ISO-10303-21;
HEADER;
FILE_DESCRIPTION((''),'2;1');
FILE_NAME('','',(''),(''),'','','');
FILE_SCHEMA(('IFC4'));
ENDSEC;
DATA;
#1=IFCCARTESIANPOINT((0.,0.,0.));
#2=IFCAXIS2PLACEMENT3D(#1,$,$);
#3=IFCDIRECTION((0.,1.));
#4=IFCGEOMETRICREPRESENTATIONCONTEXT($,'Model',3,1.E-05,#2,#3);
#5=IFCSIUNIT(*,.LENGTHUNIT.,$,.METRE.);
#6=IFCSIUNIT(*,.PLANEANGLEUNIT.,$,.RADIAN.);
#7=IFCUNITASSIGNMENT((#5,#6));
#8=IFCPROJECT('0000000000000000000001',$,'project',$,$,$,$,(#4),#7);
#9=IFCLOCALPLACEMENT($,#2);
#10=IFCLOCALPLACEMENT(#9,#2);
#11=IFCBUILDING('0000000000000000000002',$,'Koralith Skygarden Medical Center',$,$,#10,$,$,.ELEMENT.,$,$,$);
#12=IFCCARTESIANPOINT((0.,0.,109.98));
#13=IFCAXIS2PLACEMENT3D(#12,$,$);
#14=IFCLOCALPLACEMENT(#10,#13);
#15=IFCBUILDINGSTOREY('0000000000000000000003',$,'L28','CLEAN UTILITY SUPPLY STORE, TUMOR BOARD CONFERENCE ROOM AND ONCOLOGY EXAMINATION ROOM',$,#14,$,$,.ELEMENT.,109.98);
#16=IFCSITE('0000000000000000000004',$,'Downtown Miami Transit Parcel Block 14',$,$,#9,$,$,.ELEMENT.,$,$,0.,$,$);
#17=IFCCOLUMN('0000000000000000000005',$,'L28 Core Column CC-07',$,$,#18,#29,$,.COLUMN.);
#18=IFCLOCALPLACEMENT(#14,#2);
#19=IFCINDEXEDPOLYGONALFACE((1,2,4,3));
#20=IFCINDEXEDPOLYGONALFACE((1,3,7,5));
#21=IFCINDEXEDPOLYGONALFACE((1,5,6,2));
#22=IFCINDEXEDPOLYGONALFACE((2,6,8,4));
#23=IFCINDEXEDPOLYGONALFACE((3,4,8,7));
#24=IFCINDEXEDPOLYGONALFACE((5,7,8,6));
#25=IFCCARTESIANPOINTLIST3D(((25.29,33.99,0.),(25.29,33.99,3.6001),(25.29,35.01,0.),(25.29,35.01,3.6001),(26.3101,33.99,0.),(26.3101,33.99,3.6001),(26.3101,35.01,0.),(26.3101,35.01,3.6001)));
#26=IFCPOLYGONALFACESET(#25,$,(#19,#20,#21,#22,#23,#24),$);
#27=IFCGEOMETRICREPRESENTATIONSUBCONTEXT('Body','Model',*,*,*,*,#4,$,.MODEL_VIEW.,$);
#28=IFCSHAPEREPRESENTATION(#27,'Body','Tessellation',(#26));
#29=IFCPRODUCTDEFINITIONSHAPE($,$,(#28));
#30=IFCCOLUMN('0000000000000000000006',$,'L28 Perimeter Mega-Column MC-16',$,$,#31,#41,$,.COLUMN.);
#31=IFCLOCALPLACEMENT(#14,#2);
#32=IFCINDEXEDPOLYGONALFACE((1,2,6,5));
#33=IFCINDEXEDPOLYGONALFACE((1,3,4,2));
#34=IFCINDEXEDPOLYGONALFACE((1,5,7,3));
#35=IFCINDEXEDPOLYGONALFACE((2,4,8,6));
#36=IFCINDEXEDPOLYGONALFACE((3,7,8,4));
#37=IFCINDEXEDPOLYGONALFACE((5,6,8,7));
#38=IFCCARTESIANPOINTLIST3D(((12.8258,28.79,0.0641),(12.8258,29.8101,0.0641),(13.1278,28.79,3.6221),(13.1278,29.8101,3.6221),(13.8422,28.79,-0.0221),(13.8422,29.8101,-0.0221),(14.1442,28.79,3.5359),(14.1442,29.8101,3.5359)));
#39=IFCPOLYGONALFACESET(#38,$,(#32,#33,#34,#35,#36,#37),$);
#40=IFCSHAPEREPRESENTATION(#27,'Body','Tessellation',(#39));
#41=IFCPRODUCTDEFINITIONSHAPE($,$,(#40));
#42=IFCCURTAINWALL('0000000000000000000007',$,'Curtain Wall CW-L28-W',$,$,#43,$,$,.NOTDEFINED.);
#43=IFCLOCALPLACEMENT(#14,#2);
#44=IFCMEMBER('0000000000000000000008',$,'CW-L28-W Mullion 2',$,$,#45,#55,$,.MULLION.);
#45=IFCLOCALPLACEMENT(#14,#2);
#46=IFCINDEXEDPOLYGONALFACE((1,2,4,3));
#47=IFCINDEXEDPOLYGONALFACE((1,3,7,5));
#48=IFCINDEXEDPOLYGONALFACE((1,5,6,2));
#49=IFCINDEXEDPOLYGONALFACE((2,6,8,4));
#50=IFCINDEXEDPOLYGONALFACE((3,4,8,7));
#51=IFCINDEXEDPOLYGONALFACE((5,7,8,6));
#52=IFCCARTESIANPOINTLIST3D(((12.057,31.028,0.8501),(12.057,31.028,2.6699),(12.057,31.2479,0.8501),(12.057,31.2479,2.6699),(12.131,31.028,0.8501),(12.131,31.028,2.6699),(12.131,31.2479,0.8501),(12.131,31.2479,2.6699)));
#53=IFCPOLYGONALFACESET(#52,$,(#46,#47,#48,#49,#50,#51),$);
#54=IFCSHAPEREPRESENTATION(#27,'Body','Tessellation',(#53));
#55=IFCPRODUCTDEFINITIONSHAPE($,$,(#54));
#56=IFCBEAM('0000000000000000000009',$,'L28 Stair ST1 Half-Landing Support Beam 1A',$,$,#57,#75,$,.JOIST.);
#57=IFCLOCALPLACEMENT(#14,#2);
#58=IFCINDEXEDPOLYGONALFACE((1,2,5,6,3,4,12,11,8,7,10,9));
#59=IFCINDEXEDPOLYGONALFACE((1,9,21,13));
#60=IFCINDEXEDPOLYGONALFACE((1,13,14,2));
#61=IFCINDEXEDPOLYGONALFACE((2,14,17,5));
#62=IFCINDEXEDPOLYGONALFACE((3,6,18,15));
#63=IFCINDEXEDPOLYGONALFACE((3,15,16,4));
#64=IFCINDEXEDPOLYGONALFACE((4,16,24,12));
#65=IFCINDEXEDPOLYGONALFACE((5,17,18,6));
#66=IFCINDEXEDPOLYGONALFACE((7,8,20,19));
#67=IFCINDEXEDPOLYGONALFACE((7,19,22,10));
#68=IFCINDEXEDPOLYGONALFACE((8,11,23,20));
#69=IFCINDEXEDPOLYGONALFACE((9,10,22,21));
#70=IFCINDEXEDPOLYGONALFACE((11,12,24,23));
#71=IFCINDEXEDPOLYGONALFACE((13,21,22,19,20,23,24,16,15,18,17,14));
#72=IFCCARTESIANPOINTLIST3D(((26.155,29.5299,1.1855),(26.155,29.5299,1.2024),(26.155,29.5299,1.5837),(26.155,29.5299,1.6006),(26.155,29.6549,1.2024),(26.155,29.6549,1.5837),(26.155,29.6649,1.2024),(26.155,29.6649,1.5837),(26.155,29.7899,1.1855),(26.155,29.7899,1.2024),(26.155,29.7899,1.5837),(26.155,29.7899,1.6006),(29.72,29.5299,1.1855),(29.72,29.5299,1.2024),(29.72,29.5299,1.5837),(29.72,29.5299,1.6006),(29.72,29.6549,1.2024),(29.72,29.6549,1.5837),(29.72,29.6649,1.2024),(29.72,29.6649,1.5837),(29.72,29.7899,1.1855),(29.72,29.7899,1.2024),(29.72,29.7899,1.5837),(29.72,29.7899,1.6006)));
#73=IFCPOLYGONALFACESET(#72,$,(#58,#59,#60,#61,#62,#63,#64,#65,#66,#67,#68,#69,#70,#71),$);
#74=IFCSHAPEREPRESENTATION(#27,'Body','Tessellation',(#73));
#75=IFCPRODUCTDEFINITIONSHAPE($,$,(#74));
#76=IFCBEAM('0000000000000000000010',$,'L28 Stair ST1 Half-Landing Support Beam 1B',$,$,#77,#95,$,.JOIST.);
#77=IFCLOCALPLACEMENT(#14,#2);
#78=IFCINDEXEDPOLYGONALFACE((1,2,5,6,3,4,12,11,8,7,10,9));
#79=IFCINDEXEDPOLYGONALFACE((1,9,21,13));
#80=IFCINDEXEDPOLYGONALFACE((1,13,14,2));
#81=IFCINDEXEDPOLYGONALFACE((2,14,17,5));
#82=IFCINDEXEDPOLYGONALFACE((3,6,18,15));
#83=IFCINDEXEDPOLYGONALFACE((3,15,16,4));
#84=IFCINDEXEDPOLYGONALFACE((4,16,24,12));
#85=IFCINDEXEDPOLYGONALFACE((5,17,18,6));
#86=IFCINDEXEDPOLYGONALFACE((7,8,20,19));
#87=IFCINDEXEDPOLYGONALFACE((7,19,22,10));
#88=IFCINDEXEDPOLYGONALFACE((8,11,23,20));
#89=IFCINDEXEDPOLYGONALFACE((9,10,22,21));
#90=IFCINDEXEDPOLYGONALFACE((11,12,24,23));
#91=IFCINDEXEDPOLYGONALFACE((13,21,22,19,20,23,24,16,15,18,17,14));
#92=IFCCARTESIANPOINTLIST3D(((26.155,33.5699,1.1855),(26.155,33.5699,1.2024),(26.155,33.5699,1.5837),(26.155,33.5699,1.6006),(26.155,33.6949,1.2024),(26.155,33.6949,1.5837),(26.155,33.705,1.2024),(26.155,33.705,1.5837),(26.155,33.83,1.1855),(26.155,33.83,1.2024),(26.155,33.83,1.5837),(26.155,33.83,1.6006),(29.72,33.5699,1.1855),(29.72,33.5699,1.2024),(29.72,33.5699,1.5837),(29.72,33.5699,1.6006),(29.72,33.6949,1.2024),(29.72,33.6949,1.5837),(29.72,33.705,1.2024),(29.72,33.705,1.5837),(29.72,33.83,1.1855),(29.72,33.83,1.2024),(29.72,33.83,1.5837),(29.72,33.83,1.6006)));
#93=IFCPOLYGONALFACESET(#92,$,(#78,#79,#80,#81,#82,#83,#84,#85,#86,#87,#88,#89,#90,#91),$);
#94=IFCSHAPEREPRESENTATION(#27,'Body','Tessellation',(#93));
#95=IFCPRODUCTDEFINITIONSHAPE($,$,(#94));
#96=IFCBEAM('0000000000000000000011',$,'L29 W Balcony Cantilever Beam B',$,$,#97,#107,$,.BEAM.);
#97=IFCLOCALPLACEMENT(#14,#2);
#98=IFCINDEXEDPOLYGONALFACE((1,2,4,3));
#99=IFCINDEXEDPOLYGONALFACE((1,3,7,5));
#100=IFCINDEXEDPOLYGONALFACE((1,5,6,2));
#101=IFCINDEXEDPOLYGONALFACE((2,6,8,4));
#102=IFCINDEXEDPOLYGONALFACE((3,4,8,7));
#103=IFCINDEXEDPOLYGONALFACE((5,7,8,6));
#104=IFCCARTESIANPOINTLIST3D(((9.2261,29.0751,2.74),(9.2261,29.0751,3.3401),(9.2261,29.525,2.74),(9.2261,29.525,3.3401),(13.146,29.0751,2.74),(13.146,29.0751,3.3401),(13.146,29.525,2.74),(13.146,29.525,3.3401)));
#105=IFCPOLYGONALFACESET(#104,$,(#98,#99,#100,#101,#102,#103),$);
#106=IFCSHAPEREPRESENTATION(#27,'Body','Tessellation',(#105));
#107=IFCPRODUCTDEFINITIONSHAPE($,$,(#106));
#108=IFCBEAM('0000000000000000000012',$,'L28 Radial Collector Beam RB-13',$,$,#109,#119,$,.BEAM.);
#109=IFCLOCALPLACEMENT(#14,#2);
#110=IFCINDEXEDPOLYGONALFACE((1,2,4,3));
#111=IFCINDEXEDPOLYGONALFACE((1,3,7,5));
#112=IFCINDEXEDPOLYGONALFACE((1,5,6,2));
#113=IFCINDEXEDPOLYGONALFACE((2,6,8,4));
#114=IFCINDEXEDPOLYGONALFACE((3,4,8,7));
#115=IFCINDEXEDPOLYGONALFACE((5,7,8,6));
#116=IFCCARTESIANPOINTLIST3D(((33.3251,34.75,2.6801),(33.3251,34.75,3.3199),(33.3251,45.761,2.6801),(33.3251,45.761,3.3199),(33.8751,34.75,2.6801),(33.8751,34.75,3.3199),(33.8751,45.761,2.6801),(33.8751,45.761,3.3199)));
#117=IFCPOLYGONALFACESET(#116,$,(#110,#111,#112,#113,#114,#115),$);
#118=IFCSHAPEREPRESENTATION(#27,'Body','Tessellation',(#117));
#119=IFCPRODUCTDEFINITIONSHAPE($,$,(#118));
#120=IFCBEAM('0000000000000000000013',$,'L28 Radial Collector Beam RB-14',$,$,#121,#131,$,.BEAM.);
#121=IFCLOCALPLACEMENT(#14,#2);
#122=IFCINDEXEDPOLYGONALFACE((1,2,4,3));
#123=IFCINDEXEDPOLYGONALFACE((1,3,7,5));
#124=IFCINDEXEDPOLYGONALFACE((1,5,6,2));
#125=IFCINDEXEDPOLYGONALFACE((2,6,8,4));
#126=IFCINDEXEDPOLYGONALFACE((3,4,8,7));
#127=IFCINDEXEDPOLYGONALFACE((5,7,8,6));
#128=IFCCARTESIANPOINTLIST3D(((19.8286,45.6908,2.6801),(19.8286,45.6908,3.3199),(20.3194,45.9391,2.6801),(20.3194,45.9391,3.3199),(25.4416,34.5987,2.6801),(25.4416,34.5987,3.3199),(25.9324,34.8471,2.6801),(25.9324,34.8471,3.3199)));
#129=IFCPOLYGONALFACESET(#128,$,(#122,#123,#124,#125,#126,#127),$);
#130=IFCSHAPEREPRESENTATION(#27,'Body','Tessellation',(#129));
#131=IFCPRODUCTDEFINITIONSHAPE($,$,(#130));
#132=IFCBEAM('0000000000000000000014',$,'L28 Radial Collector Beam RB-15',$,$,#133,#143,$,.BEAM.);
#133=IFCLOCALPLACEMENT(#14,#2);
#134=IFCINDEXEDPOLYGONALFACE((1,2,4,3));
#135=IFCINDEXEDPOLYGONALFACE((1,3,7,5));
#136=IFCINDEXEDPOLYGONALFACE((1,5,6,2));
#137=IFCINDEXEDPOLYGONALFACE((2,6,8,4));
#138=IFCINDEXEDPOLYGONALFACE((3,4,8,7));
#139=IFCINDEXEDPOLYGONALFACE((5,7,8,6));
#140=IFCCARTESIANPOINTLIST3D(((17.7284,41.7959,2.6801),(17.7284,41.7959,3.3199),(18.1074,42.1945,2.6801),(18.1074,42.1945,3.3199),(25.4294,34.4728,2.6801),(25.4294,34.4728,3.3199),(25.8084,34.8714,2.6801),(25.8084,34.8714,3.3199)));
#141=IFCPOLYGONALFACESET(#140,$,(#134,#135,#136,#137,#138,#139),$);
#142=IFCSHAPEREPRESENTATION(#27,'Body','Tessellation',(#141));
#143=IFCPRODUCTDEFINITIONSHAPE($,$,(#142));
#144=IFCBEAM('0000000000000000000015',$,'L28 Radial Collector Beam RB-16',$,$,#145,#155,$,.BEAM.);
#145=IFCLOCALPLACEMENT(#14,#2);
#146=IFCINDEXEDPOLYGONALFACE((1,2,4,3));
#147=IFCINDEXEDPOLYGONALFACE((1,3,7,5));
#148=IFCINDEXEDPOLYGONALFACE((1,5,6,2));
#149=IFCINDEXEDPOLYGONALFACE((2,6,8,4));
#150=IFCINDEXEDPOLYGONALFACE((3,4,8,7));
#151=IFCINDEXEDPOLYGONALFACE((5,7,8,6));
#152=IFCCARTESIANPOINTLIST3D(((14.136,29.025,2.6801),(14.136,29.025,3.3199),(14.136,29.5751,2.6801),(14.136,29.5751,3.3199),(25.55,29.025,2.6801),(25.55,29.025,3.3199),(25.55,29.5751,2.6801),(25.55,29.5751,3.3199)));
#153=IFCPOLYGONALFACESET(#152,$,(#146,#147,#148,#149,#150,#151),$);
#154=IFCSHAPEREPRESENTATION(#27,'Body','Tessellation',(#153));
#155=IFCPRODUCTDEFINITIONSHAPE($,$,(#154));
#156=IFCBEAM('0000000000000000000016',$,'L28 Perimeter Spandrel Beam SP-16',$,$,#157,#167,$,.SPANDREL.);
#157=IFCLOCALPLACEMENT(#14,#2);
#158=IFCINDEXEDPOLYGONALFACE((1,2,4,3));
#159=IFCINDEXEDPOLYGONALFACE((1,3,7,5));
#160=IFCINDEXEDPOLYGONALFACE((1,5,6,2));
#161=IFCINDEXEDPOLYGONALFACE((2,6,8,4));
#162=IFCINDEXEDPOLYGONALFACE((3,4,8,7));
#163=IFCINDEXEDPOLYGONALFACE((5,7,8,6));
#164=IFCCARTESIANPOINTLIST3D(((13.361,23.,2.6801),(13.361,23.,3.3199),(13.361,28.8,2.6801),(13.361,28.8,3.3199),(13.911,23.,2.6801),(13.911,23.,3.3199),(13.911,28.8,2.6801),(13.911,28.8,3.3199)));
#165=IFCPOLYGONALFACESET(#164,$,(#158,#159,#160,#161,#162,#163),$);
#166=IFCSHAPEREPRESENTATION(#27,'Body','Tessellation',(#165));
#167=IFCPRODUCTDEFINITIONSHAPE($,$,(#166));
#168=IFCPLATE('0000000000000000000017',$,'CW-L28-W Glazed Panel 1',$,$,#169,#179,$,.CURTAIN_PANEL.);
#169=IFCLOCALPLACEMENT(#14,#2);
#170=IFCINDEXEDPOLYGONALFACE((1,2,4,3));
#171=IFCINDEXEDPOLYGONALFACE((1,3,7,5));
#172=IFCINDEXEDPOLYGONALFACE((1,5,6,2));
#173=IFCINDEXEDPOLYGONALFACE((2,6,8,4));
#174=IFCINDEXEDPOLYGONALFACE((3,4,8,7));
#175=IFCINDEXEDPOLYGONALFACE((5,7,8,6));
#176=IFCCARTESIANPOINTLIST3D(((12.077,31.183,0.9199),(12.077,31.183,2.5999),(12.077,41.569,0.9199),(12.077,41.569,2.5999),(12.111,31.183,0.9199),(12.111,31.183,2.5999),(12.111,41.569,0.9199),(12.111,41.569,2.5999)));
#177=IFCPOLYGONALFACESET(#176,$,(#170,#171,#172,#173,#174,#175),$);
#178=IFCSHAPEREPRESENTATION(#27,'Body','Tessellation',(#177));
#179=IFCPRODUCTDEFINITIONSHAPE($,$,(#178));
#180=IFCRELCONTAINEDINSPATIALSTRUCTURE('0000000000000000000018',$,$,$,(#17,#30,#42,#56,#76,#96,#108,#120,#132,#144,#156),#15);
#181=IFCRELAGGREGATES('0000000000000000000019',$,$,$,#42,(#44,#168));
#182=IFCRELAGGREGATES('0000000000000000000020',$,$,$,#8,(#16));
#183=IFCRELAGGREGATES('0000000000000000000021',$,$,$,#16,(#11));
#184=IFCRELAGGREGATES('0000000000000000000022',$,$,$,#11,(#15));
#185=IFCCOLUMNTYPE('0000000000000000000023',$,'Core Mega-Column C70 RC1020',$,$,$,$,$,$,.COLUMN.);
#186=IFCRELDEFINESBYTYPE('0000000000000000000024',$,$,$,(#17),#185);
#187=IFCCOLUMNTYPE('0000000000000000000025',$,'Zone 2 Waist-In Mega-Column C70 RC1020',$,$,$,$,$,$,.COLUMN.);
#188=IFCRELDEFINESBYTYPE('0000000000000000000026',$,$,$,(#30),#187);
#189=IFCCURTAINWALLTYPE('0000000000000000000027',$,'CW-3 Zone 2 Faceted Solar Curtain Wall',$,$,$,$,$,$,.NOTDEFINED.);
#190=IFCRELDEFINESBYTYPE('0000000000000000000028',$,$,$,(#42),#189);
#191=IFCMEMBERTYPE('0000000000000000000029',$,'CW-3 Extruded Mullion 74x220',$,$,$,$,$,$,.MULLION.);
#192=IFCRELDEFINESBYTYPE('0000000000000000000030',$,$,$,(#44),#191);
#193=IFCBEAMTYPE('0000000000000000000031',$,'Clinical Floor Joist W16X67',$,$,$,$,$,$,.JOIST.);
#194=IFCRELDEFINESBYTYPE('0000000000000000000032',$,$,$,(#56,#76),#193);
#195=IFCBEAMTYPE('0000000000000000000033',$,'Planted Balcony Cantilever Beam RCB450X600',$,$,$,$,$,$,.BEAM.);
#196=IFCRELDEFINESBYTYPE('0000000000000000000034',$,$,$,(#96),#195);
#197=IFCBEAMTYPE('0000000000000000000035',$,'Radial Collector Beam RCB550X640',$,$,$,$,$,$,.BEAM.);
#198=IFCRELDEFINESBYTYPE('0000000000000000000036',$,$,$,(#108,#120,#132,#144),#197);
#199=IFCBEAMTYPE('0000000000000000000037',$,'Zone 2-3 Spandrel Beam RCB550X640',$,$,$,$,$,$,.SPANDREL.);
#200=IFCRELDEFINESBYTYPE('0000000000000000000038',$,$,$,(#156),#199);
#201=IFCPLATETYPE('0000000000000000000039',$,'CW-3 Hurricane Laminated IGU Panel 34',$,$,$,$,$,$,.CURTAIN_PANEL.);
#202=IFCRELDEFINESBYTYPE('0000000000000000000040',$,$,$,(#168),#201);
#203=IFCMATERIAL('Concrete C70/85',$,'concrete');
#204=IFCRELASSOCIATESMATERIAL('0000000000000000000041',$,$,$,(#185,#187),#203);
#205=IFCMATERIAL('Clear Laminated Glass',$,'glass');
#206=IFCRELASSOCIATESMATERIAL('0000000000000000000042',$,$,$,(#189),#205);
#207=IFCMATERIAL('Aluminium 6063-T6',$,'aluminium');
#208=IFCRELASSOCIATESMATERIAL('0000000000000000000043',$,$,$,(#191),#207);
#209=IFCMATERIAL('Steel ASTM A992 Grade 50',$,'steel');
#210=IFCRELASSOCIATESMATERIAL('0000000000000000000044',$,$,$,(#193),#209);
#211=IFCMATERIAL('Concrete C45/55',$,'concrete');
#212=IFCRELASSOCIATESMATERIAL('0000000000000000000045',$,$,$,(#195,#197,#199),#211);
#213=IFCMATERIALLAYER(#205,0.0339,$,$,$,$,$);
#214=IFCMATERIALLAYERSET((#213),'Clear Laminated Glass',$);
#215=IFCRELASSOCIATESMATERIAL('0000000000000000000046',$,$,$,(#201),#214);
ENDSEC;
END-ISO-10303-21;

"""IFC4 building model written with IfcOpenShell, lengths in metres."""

from ifc_helpers import new_model, si_unit, direction, frame, origin, origin_2d, place, context, subcontext, project, spatial, rectangle, i_section, extrude, material, layer, layer_set, material_profile, profile_set, type_object, element, aggregate, save


model = new_model("IFC4")

# Units and contexts
model_context = context("Model", 3, precision=1e-05, world=origin(), true_north=direction((0.0, 1.0)))
body_context = subcontext(model_context, "Body", "Model", "MODEL_VIEW")
ifc_project = project(units=[si_unit("LENGTHUNIT", "METRE"), si_unit("PLANEANGLEUNIT", "RADIAN")], contexts=[model_context])

# Site, building, storey
site_placement = place(None, origin())
site = spatial("IfcSite", under=ifc_project, at=site_placement, Name="Downtown Miami Transit Parcel Block 14", CompositionType="ELEMENT", RefElevation=0.0)
building_placement = place(site_placement, origin())
building = spatial("IfcBuilding", under=site, at=building_placement, Name="Koralith Skygarden Medical Center", CompositionType="ELEMENT")
storey_placement = place(building_placement, frame((0.0, 0.0, 109.98)))
storey = spatial("IfcBuildingStorey", under=building, at=storey_placement, Name="L28", Description="CLEAN UTILITY SUPPLY STORE, TUMOR BOARD CONFERENCE ROOM AND ONCOLOGY EXAMINATION ROOM", CompositionType="ELEMENT", Elevation=109.98)

# Columns
ifc_material_1 = material(Name="Concrete C70/85", Category="concrete")
ifc_material_profile_1 = material_profile(ifc_material_1, rectangle(XDim=1.02, YDim=1.02, at=origin_2d()), Name="RC1020X1020")
ifc_profile_set_1 = profile_set([ifc_material_profile_1], Name="Concrete C70/85")
column_type_1 = type_object("IfcColumnType", Name="Core Mega-Column C70 RC1020", PredefinedType="COLUMN", material=ifc_profile_set_1)
column_1_placement = place(storey_placement, frame((25.8, 34.5, 0.0), z_axis=(0.0, 0.0, 1.0), x_axis=(1.0, 0.0, 0.0)))
element("IfcColumn", 1, at=column_1_placement, inside=storey, type_object=column_type_1, Name="L28 Core Column CC-07", PredefinedType="COLUMN", context=body_context, shape_type="SweptSolid", body=[
    extrude(rectangle(XDim=1.02, YDim=1.02, at=origin_2d()), origin(), (0.0, 0.0, 1.0), 3.6001),
])
ifc_material_profile_2 = material_profile(ifc_material_1, rectangle(XDim=1.02, YDim=1.02, at=origin_2d()), Name="RC1020X1020")
ifc_profile_set_2 = profile_set([ifc_material_profile_2], Name="Concrete C70/85")
column_type_2 = type_object("IfcColumnType", Name="Zone 2 Waist-In Mega-Column C70 RC1020", PredefinedType="COLUMN", material=ifc_profile_set_2)
column_2_placement = place(storey_placement, frame((13.334, 29.3, 0.021), z_axis=(0.084573, 0.0, 0.996417), x_axis=(0.0, 1.0, 0.0)))
element("IfcColumn", 2, at=column_2_placement, inside=storey, type_object=column_type_2, Name="L28 Perimeter Mega-Column MC-16", PredefinedType="COLUMN", context=body_context, shape_type="SweptSolid", body=[
    extrude(rectangle(XDim=1.02, YDim=1.02, at=origin_2d()), origin(), (0.0, 0.0, 1.0), 3.5708),
])

# Curtain wall, member
ifc_material_2 = material(Name="Clear Laminated Glass", Category="glass")
curtain_wall_type = type_object("IfcCurtainWallType", Name="CW-3 Zone 2 Faceted Solar Curtain Wall", PredefinedType="NOTDEFINED", material=ifc_material_2)
curtain_wall_placement = place(storey_placement, origin())
curtain_wall = element("IfcCurtainWall", 3, at=curtain_wall_placement, inside=storey, type_object=curtain_wall_type, Name="Curtain Wall CW-L28-W", PredefinedType="NOTDEFINED")
ifc_material_3 = material(Name="Aluminium 6063-T6", Category="aluminium")
ifc_material_profile_3 = material_profile(ifc_material_3, rectangle(XDim=0.074, YDim=0.22, at=origin_2d()), Name="MUL74X220")
ifc_profile_set_3 = profile_set([ifc_material_profile_3], Name="Aluminium 6063-T6")
member_type = type_object("IfcMemberType", Name="CW-3 Extruded Mullion 74x220", PredefinedType="MULLION", material=ifc_profile_set_3)
member_placement = place(storey_placement, frame((12.094, 31.1379, 0.8501), z_axis=(0.0, 0.0, 1.0), x_axis=(1.0, 0.0, 0.0)))
member = element("IfcMember", 4, at=member_placement, type_object=member_type, Name="CW-L28-W Mullion 2", PredefinedType="MULLION", context=body_context, shape_type="SweptSolid", body=[
    extrude(rectangle(XDim=0.074, YDim=0.22, at=origin_2d()), origin(), (0.0, 0.0, 1.0), 1.8198),
])

# Beams
ifc_material_4 = material(Name="Steel ASTM A992 Grade 50", Category="steel")
ifc_material_profile_4 = material_profile(ifc_material_4, i_section(OverallWidth=0.26, OverallDepth=0.415, WebThickness=0.01, FlangeThickness=0.0168, at=origin_2d()), Name="W16X67")
ifc_profile_set_4 = profile_set([ifc_material_profile_4], Name="Steel ASTM A992 Grade 50")
beam_type_1 = type_object("IfcBeamType", Name="Clinical Floor Joist W16X67", PredefinedType="JOIST", material=ifc_profile_set_4)
for number, where, z_axis, x_axis, name in (
    (5, (26.155, 29.6599, 1.3931), (1.0, 0.0, 0.0), (0.0, 1.0, 0.0), "L28 Stair ST1 Half-Landing Support Beam 1A"),
    (6, (26.155, 33.7, 1.3931), (1.0, 0.0, 0.0), (0.0, 1.0, 0.0), "L28 Stair ST1 Half-Landing Support Beam 1B"),
):
    element("IfcBeam", number, at=place(storey_placement, frame(where, z_axis=z_axis, x_axis=x_axis)), inside=storey, type_object=beam_type_1, Name=name, PredefinedType="JOIST", context=body_context, shape_type="SweptSolid", body=[
        extrude(i_section(OverallWidth=0.26, OverallDepth=0.415, WebThickness=0.01, FlangeThickness=0.0168, at=origin_2d()), origin(), (0.0, 0.0, 1.0), 3.5649),
    ])
ifc_material_5 = material(Name="Concrete C45/55", Category="concrete")
ifc_material_profile_5 = material_profile(ifc_material_5, rectangle(XDim=0.45, YDim=0.6001, at=origin_2d()), Name="RCB450X600")
ifc_profile_set_5 = profile_set([ifc_material_profile_5], Name="Concrete C45/55")
beam_type_2 = type_object("IfcBeamType", Name="Planted Balcony Cantilever Beam RCB450X600", PredefinedType="BEAM", material=ifc_profile_set_5)
beam_1_placement = place(storey_placement, frame((13.146, 29.3, 3.04), z_axis=(-1.0, 0.0, 0.0), x_axis=(0.0, -1.0, 0.0)))
element("IfcBeam", 7, at=beam_1_placement, inside=storey, type_object=beam_type_2, Name="L29 W Balcony Cantilever Beam B", PredefinedType="BEAM", context=body_context, shape_type="SweptSolid", body=[
    extrude(rectangle(XDim=0.45, YDim=0.6001, at=origin_2d()), origin(), (0.0, 0.0, 1.0), 3.9199),
])
ifc_material_profile_6 = material_profile(ifc_material_5, rectangle(XDim=0.55, YDim=0.6399, at=origin_2d()), Name="RCB550X640")
ifc_profile_set_6 = profile_set([ifc_material_profile_6], Name="Concrete C45/55")
beam_type_3 = type_object("IfcBeamType", Name="Radial Collector Beam RCB550X640", PredefinedType="BEAM", material=ifc_profile_set_6)
beam_2_placement = place(storey_placement, frame((33.6001, 34.75, 3.0), z_axis=(0.0, 1.0, 0.0), x_axis=(-1.0, 0.0, 0.0)))
element("IfcBeam", 8, at=beam_2_placement, inside=storey, type_object=beam_type_3, Name="L28 Radial Collector Beam RB-13", PredefinedType="BEAM", context=body_context, shape_type="SweptSolid", body=[
    extrude(rectangle(XDim=0.55, YDim=0.6399, at=origin_2d()), origin(), (0.0, 0.0, 1.0), 11.011),
])
beam_3_placement = place(storey_placement, frame((25.687, 34.7229, 3.0), z_axis=(-0.451521, 0.89226, 0.0), x_axis=(-0.89226, -0.451521, 0.0)))
element("IfcBeam", 9, at=beam_3_placement, inside=storey, type_object=beam_type_3, Name="L28 Radial Collector Beam RB-14", PredefinedType="BEAM", context=body_context, shape_type="SweptSolid", body=[
    extrude(rectangle(XDim=0.55, YDim=0.6399, at=origin_2d()), origin(), (0.0, 0.0, 1.0), 12.4314),
])
beam_4_placement = place(storey_placement, frame((25.6189, 34.6721, 3.0), z_axis=(-0.724665, 0.689101, 0.0), x_axis=(-0.689101, -0.724665, 0.0)))
element("IfcBeam", 10, at=beam_4_placement, inside=storey, type_object=beam_type_3, Name="L28 Radial Collector Beam RB-15", PredefinedType="BEAM", context=body_context, shape_type="SweptSolid", body=[
    extrude(rectangle(XDim=0.55, YDim=0.6399, at=origin_2d()), origin(), (0.0, 0.0, 1.0), 10.627),
])
beam_5_placement = place(storey_placement, frame((25.55, 29.3, 3.0), z_axis=(-1.0, 0.0, 0.0), x_axis=(0.0, -1.0, 0.0)))
element("IfcBeam", 11, at=beam_5_placement, inside=storey, type_object=beam_type_3, Name="L28 Radial Collector Beam RB-16", PredefinedType="BEAM", context=body_context, shape_type="SweptSolid", body=[
    extrude(rectangle(XDim=0.55, YDim=0.6399, at=origin_2d()), origin(), (0.0, 0.0, 1.0), 11.4141),
])
ifc_material_profile_7 = material_profile(ifc_material_5, rectangle(XDim=0.55, YDim=0.6399, at=origin_2d()), Name="RCB550X640")
ifc_profile_set_7 = profile_set([ifc_material_profile_7], Name="Concrete C45/55")
beam_type_4 = type_object("IfcBeamType", Name="Zone 2-3 Spandrel Beam RCB550X640", PredefinedType="SPANDREL", material=ifc_profile_set_7)
beam_6_placement = place(storey_placement, frame((13.636, 28.8, 3.0), z_axis=(0.0, -1.0, 0.0), x_axis=(1.0, 0.0, 0.0)))
element("IfcBeam", 12, at=beam_6_placement, inside=storey, type_object=beam_type_4, Name="L28 Perimeter Spandrel Beam SP-16", PredefinedType="SPANDREL", context=body_context, shape_type="SweptSolid", body=[
    extrude(rectangle(XDim=0.55, YDim=0.6399, at=origin_2d()), origin(), (0.0, 0.0, 1.0), 5.8),
])

# Plate
ifc_layer_1 = layer(ifc_material_2, 0.0339)
ifc_layer_set_1 = layer_set([ifc_layer_1], Name="Clear Laminated Glass")
plate_type = type_object("IfcPlateType", Name="CW-3 Hurricane Laminated IGU Panel 34", PredefinedType="CURTAIN_PANEL", material=ifc_layer_set_1)
plate_placement = place(storey_placement, frame((12.094, 36.376, 0.9199), z_axis=(0.0, 0.0, 1.0), x_axis=(0.0, -1.0, 0.0)))
plate = element("IfcPlate", 13, at=plate_placement, type_object=plate_type, Name="CW-L28-W Glazed Panel 1", PredefinedType="CURTAIN_PANEL", context=body_context, shape_type="SweptSolid", body=[
    extrude(rectangle(XDim=10.386, YDim=0.0339, at=origin_2d()), origin(), (0.0, 0.0, 1.0), 1.6799),
])
aggregate(curtain_wall, [member, plate])

save(model, "model.ifc")
